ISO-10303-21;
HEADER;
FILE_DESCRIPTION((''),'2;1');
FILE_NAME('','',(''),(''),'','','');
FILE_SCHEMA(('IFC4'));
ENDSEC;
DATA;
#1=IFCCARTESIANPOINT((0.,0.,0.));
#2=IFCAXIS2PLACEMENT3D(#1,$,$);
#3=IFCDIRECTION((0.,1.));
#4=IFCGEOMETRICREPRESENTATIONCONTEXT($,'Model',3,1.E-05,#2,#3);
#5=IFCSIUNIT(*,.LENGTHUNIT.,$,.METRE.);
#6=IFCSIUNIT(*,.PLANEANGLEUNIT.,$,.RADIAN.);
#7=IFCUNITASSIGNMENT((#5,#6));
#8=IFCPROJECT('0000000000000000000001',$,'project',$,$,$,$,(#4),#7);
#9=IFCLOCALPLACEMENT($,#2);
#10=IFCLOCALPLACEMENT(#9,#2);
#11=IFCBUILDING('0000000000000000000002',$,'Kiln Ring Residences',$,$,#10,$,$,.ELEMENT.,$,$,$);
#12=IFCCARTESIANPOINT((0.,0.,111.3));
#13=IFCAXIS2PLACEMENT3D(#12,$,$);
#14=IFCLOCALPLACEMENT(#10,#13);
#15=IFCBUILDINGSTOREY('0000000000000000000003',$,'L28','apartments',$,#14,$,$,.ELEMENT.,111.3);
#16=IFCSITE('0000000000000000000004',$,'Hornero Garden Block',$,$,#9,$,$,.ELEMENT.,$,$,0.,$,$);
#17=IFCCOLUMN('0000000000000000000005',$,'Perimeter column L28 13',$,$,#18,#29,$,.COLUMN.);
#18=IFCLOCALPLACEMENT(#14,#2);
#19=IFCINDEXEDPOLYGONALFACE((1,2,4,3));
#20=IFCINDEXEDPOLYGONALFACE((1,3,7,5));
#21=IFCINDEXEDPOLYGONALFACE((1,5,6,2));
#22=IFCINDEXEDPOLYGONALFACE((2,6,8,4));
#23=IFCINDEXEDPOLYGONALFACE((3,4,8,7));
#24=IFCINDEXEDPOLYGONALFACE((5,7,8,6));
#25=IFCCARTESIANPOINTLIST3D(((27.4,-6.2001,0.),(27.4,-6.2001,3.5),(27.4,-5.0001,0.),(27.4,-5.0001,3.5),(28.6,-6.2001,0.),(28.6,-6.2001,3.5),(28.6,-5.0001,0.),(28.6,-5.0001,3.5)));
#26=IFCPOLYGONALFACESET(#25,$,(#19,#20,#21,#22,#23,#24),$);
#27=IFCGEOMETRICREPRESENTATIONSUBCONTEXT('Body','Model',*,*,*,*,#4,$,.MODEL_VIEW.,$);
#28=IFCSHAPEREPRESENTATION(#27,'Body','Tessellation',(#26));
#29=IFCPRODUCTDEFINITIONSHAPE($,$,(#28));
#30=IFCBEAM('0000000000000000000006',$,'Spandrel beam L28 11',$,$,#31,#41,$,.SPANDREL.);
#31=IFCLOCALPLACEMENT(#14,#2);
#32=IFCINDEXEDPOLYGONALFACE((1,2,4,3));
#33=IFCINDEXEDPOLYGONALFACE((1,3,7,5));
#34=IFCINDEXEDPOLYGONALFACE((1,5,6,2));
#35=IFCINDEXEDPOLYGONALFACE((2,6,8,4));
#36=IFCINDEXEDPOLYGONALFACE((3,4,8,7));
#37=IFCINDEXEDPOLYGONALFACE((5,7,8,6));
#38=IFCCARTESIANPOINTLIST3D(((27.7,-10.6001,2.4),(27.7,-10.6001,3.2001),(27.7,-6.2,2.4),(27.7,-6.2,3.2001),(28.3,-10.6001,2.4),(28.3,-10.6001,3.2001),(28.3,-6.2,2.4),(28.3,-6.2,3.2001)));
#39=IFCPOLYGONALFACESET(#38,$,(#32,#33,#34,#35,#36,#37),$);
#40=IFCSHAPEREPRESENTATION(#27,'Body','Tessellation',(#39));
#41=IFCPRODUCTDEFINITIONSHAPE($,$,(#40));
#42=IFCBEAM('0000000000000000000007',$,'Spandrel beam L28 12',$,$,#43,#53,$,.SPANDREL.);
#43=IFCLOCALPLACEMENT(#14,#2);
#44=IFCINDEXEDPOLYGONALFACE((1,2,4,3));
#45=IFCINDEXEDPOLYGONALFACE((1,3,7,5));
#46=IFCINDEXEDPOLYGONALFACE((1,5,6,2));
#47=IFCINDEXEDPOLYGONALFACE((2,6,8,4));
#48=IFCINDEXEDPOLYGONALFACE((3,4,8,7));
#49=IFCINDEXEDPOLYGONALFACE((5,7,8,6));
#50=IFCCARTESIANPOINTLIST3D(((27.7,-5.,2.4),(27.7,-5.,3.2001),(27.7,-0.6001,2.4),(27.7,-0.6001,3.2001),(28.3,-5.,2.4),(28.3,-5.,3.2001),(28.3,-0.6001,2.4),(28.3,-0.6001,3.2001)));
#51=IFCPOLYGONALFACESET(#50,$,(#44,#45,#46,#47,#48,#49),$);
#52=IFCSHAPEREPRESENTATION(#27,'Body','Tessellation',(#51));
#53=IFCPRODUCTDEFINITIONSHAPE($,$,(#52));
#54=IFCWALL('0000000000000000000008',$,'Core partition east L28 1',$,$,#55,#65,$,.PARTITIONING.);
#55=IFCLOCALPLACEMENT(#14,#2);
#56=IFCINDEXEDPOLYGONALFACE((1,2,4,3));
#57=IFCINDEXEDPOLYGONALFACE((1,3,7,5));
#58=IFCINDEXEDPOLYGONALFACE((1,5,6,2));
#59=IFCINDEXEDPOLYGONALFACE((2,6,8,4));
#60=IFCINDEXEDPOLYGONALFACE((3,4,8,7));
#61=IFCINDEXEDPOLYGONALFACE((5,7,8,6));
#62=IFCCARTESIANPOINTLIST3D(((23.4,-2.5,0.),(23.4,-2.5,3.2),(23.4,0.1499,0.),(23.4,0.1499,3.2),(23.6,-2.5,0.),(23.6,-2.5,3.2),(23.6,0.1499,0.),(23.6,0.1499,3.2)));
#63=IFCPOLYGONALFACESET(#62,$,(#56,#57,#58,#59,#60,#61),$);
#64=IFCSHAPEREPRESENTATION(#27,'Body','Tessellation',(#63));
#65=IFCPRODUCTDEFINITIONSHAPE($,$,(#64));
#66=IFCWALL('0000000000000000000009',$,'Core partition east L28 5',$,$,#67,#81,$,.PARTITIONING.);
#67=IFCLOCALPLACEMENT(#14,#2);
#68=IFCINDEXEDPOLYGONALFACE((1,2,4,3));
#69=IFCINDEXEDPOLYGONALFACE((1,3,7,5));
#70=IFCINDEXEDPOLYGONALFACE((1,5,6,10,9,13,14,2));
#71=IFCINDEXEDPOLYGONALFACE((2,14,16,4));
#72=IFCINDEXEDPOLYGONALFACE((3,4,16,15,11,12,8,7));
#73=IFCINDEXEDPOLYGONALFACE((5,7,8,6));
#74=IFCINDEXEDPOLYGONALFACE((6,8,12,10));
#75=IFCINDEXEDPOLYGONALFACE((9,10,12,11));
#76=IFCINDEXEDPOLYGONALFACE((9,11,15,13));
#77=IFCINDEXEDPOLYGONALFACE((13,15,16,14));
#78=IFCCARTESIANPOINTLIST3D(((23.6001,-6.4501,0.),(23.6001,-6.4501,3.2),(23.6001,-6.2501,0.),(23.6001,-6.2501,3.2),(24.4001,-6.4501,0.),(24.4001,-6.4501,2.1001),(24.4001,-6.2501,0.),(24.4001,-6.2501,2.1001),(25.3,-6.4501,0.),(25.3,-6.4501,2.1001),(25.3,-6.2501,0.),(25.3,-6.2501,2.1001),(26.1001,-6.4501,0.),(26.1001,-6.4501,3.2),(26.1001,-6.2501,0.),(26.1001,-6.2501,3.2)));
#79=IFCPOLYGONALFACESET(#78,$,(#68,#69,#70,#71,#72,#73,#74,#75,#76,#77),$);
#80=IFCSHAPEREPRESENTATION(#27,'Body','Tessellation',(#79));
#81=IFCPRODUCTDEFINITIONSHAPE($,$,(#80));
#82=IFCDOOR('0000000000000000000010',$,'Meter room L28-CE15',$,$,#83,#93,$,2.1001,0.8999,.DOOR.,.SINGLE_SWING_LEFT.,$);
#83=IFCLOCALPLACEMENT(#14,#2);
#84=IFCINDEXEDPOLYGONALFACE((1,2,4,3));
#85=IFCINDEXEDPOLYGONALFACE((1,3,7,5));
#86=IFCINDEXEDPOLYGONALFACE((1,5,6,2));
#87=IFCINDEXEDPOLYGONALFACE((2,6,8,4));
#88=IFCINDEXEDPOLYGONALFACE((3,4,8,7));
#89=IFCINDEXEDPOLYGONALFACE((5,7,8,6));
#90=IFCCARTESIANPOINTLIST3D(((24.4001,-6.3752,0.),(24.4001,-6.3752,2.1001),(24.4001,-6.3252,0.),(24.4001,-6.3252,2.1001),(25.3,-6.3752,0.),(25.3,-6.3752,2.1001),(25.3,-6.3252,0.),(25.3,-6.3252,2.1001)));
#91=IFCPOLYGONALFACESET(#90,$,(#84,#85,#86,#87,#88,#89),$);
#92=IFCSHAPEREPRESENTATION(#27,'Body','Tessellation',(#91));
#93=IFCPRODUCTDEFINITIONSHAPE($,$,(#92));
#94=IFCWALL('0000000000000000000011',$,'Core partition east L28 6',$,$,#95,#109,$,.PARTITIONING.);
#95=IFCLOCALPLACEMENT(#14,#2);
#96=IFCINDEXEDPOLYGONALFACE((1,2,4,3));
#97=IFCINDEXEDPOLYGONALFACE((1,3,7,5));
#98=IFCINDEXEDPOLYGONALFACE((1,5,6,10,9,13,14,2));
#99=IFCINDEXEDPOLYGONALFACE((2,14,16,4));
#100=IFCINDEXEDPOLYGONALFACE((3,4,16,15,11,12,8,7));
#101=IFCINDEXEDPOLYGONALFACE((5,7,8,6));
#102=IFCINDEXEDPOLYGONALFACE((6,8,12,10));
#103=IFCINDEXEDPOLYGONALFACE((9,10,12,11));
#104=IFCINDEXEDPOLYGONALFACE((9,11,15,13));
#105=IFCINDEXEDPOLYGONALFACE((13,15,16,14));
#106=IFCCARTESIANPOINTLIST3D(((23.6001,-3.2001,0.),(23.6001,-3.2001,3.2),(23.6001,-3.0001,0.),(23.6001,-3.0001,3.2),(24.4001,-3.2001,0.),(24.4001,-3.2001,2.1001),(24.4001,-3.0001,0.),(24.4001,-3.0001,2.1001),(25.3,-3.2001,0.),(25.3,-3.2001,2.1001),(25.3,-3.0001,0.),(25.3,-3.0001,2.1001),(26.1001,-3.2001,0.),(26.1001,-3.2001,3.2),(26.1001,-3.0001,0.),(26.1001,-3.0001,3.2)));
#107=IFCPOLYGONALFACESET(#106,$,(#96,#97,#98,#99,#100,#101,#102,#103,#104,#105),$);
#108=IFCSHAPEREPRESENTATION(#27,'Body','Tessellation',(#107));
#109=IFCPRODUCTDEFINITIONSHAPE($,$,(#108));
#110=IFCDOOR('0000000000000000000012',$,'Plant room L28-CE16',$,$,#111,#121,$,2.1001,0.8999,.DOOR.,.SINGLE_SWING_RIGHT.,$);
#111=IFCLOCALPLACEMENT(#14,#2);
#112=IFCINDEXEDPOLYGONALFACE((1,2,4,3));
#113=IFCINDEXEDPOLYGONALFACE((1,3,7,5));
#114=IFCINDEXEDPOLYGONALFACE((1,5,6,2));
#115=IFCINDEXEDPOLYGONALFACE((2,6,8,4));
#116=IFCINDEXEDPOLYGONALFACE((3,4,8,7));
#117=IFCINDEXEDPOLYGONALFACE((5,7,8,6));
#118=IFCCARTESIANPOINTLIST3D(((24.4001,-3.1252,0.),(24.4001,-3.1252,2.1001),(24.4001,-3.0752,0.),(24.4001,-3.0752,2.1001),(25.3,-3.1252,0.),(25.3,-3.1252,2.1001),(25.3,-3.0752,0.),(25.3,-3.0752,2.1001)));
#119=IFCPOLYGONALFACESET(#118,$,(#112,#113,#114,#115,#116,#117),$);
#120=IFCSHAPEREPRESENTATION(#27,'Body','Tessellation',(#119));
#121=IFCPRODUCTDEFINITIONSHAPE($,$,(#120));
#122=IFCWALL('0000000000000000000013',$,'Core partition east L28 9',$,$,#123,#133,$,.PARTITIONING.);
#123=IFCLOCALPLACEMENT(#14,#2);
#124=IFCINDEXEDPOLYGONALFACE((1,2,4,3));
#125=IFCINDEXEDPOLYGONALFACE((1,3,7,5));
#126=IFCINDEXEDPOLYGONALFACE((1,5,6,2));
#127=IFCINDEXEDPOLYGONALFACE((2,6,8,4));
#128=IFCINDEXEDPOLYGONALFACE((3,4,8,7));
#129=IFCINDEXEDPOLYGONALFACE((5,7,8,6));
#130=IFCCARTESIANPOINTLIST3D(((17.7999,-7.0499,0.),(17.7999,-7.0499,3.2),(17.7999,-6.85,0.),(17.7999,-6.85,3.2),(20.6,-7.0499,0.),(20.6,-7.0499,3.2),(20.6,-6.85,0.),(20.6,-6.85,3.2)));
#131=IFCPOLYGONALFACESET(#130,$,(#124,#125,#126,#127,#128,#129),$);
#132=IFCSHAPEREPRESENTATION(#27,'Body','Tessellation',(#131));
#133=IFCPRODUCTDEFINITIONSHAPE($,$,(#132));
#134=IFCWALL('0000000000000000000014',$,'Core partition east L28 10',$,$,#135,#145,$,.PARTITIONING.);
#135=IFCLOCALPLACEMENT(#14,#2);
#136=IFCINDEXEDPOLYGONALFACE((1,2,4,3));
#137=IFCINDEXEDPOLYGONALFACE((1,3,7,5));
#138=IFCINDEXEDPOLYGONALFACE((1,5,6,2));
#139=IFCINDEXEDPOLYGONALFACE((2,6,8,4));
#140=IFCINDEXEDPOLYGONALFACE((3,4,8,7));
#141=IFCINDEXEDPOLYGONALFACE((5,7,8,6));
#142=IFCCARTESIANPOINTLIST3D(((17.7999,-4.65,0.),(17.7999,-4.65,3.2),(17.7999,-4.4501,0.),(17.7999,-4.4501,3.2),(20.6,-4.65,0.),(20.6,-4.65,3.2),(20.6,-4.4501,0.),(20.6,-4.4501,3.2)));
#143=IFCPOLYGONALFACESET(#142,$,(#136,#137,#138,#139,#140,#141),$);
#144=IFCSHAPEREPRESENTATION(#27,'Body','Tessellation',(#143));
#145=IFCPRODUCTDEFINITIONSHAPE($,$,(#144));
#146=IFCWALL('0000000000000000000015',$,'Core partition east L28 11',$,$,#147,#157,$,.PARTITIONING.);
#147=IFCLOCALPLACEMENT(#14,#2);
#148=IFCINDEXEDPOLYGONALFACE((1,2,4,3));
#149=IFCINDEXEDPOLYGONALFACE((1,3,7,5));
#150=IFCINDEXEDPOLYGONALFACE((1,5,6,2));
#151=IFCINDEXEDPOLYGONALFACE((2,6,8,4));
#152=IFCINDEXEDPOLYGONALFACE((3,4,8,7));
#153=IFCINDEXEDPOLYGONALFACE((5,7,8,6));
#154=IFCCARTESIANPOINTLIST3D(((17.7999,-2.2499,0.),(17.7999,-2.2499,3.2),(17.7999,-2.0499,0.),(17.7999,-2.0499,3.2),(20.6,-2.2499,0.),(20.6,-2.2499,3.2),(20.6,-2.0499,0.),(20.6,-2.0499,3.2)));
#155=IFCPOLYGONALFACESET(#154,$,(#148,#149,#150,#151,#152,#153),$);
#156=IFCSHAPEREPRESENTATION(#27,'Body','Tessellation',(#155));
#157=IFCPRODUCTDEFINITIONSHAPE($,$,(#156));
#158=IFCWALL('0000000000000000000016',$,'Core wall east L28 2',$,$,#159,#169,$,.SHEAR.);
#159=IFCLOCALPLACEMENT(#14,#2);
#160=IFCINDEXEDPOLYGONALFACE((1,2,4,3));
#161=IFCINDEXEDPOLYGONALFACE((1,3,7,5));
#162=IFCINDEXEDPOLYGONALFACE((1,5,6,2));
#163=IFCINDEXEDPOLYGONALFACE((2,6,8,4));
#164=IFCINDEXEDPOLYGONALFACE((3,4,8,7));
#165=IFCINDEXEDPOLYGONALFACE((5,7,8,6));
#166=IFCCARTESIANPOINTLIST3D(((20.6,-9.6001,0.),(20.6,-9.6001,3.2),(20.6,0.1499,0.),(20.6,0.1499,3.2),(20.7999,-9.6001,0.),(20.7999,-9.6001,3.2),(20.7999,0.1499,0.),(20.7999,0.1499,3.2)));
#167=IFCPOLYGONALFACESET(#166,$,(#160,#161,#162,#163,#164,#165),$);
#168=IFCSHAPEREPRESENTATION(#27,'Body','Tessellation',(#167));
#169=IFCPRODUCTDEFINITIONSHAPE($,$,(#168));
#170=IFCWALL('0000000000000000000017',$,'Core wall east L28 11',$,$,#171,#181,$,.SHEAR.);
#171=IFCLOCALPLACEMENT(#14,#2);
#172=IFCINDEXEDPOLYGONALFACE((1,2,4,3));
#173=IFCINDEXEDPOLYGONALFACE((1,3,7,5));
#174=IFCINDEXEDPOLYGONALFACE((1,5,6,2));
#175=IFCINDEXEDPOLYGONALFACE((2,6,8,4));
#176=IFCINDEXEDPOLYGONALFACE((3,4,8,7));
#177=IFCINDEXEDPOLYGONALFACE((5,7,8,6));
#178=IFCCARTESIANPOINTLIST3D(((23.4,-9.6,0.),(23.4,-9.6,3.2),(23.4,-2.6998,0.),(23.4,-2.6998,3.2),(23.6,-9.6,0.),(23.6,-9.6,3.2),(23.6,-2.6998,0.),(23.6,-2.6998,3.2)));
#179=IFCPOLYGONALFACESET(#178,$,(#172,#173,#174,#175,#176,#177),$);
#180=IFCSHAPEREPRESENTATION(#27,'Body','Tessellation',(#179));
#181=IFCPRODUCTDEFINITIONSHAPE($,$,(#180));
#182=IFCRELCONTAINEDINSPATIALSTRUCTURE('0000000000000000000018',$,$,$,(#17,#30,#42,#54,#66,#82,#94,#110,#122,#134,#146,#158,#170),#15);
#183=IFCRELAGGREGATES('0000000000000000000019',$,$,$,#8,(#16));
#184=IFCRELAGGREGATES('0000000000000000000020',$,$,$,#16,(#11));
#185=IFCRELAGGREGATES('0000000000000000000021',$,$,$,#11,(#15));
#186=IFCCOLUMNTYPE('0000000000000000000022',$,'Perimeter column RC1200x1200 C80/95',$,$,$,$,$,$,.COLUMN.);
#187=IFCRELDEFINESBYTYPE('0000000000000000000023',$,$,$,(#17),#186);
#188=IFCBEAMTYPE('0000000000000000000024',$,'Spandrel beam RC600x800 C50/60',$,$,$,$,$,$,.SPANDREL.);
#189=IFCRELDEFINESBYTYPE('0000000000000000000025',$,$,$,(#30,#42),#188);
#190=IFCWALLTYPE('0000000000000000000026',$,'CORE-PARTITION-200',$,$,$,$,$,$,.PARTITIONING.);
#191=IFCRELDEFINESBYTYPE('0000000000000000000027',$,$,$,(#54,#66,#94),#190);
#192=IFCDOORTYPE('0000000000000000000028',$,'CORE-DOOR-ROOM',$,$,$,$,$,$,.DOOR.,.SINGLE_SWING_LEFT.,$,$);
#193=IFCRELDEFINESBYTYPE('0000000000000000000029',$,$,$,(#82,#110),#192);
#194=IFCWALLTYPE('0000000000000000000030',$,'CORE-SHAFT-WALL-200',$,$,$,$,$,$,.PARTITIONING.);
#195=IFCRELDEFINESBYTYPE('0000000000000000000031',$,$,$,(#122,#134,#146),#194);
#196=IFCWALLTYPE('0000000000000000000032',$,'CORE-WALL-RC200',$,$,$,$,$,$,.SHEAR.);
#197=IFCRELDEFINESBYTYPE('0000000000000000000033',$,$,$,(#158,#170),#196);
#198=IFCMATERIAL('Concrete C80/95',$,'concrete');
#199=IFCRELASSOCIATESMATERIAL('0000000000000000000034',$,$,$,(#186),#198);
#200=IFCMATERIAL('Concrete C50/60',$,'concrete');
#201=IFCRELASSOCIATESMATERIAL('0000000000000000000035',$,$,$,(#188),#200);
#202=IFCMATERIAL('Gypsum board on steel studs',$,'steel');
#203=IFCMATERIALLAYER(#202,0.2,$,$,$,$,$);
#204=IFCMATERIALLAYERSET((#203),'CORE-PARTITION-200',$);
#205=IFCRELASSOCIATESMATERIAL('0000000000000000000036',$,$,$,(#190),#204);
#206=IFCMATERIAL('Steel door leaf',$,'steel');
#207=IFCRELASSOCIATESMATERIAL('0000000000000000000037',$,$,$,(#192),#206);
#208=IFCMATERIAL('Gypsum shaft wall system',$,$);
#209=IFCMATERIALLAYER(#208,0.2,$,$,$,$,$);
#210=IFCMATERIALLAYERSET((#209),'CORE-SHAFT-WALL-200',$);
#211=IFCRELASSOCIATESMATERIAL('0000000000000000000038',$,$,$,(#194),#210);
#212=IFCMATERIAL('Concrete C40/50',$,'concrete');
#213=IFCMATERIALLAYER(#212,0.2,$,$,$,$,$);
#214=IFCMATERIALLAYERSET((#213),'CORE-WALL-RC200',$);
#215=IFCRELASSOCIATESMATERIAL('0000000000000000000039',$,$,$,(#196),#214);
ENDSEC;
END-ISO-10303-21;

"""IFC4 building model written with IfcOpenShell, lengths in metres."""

from ifc_helpers import new_model, si_unit, direction, frame, frame_2d, origin, origin_2d, place, context, subcontext, project, spatial, rectangle, extrude, material, layer, layer_set, material_profile, profile_set, type_object, element, fill, save


model = new_model("IFC4")

# Units and contexts
model_context = context("Model", 3, precision=1e-05, world=origin(), true_north=direction((0.0, 1.0)))
body_context = subcontext(model_context, "Body", "Model", "MODEL_VIEW")
ifc_project = project(units=[si_unit("LENGTHUNIT", "METRE"), si_unit("PLANEANGLEUNIT", "RADIAN")], contexts=[model_context])

# Site, building, storey
site_placement = place(None, origin())
site = spatial("IfcSite", under=ifc_project, at=site_placement, Name="Hornero Garden Block", CompositionType="ELEMENT", RefElevation=0.0)
building_placement = place(site_placement, origin())
building = spatial("IfcBuilding", under=site, at=building_placement, Name="Kiln Ring Residences", CompositionType="ELEMENT")
storey_placement = place(building_placement, frame((0.0, 0.0, 111.3)))
storey = spatial("IfcBuildingStorey", under=building, at=storey_placement, Name="L28", Description="apartments", CompositionType="ELEMENT", Elevation=111.3)

# Column
ifc_material_1 = material(Name="Concrete C80/95", Category="concrete")
ifc_material_profile_1 = material_profile(ifc_material_1, rectangle(XDim=1.2, YDim=1.2, at=origin_2d()), Name="RC1200x1200")
ifc_profile_set_1 = profile_set([ifc_material_profile_1], Name="Concrete C80/95")
column_type = type_object("IfcColumnType", Name="Perimeter column RC1200x1200 C80/95", PredefinedType="COLUMN", material=ifc_profile_set_1)
column_placement = place(storey_placement, frame((28.0, -5.6001, 0.0), z_axis=(0.0, 0.0, 1.0), x_axis=(1.0, 0.0, 0.0)))
element("IfcColumn", 1, at=column_placement, inside=storey, type_object=column_type, Name="Perimeter column L28 13", PredefinedType="COLUMN", context=body_context, shape_type="SweptSolid", body=[
    extrude(rectangle(XDim=1.2, YDim=1.2, at=origin_2d()), origin(), (0.0, 0.0, 1.0), 3.5),
])

# Beams
ifc_material_2 = material(Name="Concrete C50/60", Category="concrete")
ifc_material_profile_2 = material_profile(ifc_material_2, rectangle(XDim=0.6001, YDim=0.8, at=origin_2d()), Name="RC600x800")
ifc_profile_set_2 = profile_set([ifc_material_profile_2], Name="Concrete C50/60")
beam_type = type_object("IfcBeamType", Name="Spandrel beam RC600x800 C50/60", PredefinedType="SPANDREL", material=ifc_profile_set_2)
beam_1_placement = place(storey_placement, frame((28.0, -10.6001, 2.8), z_axis=(0.0, 1.0, 0.0), x_axis=(-1.0, 0.0, 0.0)))
element("IfcBeam", 2, at=beam_1_placement, inside=storey, type_object=beam_type, Name="Spandrel beam L28 11", PredefinedType="SPANDREL", context=body_context, shape_type="SweptSolid", body=[
    extrude(rectangle(XDim=0.6001, YDim=0.8, at=origin_2d()), origin(), (0.0, 0.0, 1.0), 4.4001),
])
beam_2_placement = place(storey_placement, frame((28.0, -5.0, 2.8), z_axis=(0.0, 1.0, 0.0), x_axis=(-1.0, 0.0, 0.0)))
element("IfcBeam", 3, at=beam_2_placement, inside=storey, type_object=beam_type, Name="Spandrel beam L28 12", PredefinedType="SPANDREL", context=body_context, shape_type="SweptSolid", body=[
    extrude(rectangle(XDim=0.6001, YDim=0.8, at=origin_2d()), origin(), (0.0, 0.0, 1.0), 4.3999),
])

# Wall
ifc_material_3 = material(Name="Gypsum board on steel studs", Category="steel")
ifc_layer_1 = layer(ifc_material_3, 0.2)
ifc_layer_set_1 = layer_set([ifc_layer_1], Name="CORE-PARTITION-200")
wall_type_1 = type_object("IfcWallType", Name="CORE-PARTITION-200", PredefinedType="PARTITIONING", material=ifc_layer_set_1)
wall_1_placement = place(storey_placement, frame((23.5, -2.5, 0.0), z_axis=(0.0, 0.0, 1.0), x_axis=(0.0, 1.0, 0.0)))
element("IfcWall", 4, at=wall_1_placement, inside=storey, type_object=wall_type_1, Name="Core partition east L28 1", PredefinedType="PARTITIONING", context=body_context, shape_type="SweptSolid", body=[
    extrude(rectangle(XDim=2.6499, YDim=0.2, at=frame_2d((1.325, 0.0))), origin(), (0.0, 0.0, 1.0), 3.2),
])

# Walls, openings, doors
wall_2_placement = place(storey_placement, frame((23.6001, -6.3501, 0.0), z_axis=(0.0, 0.0, 1.0), x_axis=(1.0, 0.0, 0.0)))
wall_2 = element("IfcWall", 5, at=wall_2_placement, inside=storey, type_object=wall_type_1, Name="Core partition east L28 5", PredefinedType="PARTITIONING", context=body_context, shape_type="SweptSolid", body=[
    extrude(rectangle(XDim=2.5, YDim=0.2, at=frame_2d((1.25, 0.0))), origin(), (0.0, 0.0, 1.0), 3.2),
])
opening_1_placement = place(wall_2_placement, frame((0.8, 0.0, 0.0)))
opening_1 = element("IfcOpeningElement", 6, at=opening_1_placement, cuts=wall_2, PredefinedType="OPENING", context=body_context, shape_type="SweptSolid", body=[
    extrude(rectangle(XDim=0.8999, YDim=2.1001, at=frame_2d((0.45, 1.05))), frame((0.0, 0.1099, 0.0), z_axis=(0.0, -1.0, 0.0), x_axis=(1.0, 0.0, 0.0)), (0.0, 0.0, 1.0), 0.22),
])
ifc_material_4 = material(Name="Steel door leaf", Category="steel")
door_type = type_object("IfcDoorType", Name="CORE-DOOR-ROOM", OperationType="SINGLE_SWING_LEFT", PredefinedType="DOOR", material=ifc_material_4)
door_1_placement = place(opening_1_placement, origin())
door_1 = element("IfcDoor", 7, at=door_1_placement, inside=storey, type_object=door_type, Name="Meter room L28-CE15", OperationType="SINGLE_SWING_LEFT", OverallHeight=2.1001, OverallWidth=0.8999, PredefinedType="DOOR", context=body_context, shape_type="SweptSolid", body=[
    extrude(rectangle(XDim=0.8999, YDim=2.1001, at=frame_2d((0.45, 1.05))), frame((0.0, 0.0249, 0.0), z_axis=(0.0, -1.0, 0.0), x_axis=(1.0, 0.0, 0.0)), (0.0, 0.0, 1.0), 0.05),
])
fill(opening_1, door_1)
wall_3_placement = place(storey_placement, frame((23.6001, -3.1001, 0.0), z_axis=(0.0, 0.0, 1.0), x_axis=(1.0, 0.0, 0.0)))
wall_3 = element("IfcWall", 8, at=wall_3_placement, inside=storey, type_object=wall_type_1, Name="Core partition east L28 6", PredefinedType="PARTITIONING", context=body_context, shape_type="SweptSolid", body=[
    extrude(rectangle(XDim=2.5, YDim=0.2, at=frame_2d((1.25, 0.0))), origin(), (0.0, 0.0, 1.0), 3.2),
])
opening_2_placement = place(wall_3_placement, frame((0.8, 0.0, 0.0)))
opening_2 = element("IfcOpeningElement", 9, at=opening_2_placement, cuts=wall_3, PredefinedType="OPENING", context=body_context, shape_type="SweptSolid", body=[
    extrude(rectangle(XDim=0.8999, YDim=2.1001, at=frame_2d((0.45, 1.05))), frame((0.0, 0.1099, 0.0), z_axis=(0.0, -1.0, 0.0), x_axis=(1.0, 0.0, 0.0)), (0.0, 0.0, 1.0), 0.22),
])
door_2_placement = place(opening_2_placement, origin())
door_2 = element("IfcDoor", 10, at=door_2_placement, inside=storey, type_object=door_type, Name="Plant room L28-CE16", OperationType="SINGLE_SWING_RIGHT", OverallHeight=2.1001, OverallWidth=0.8999, PredefinedType="DOOR", context=body_context, shape_type="SweptSolid", body=[
    extrude(rectangle(XDim=0.8999, YDim=2.1001, at=frame_2d((0.45, 1.05))), frame((0.0, 0.0249, 0.0), z_axis=(0.0, -1.0, 0.0), x_axis=(1.0, 0.0, 0.0)), (0.0, 0.0, 1.0), 0.05),
])
fill(opening_2, door_2)

# Walls
ifc_material_5 = material(Name="Gypsum shaft wall system")
ifc_layer_2 = layer(ifc_material_5, 0.2)
ifc_layer_set_2 = layer_set([ifc_layer_2], Name="CORE-SHAFT-WALL-200")
wall_type_2 = type_object("IfcWallType", Name="CORE-SHAFT-WALL-200", PredefinedType="PARTITIONING", material=ifc_layer_set_2)
for number, where, z_axis, x_axis, name in (
    (11, (17.8, -6.95, 0.0), (0.0, 0.0, 1.0), (1.0, 0.0, 0.0), "Core partition east L28 9"),
    (12, (17.8, -4.55, 0.0), (0.0, 0.0, 1.0), (1.0, 0.0, 0.0), "Core partition east L28 10"),
    (13, (17.8, -2.1499, 0.0), (0.0, 0.0, 1.0), (1.0, 0.0, 0.0), "Core partition east L28 11"),
):
    element("IfcWall", number, at=place(storey_placement, frame(where, z_axis=z_axis, x_axis=x_axis)), inside=storey, type_object=wall_type_2, Name=name, PredefinedType="PARTITIONING", context=body_context, shape_type="SweptSolid", body=[
        extrude(rectangle(XDim=2.8, YDim=0.2, at=frame_2d((1.3999, 0.0))), origin(), (0.0, 0.0, 1.0), 3.2),
    ])
ifc_material_6 = material(Name="Concrete C40/50", Category="concrete")
ifc_layer_3 = layer(ifc_material_6, 0.2)
ifc_layer_set_3 = layer_set([ifc_layer_3], Name="CORE-WALL-RC200")
wall_type_3 = type_object("IfcWallType", Name="CORE-WALL-RC200", PredefinedType="SHEAR", material=ifc_layer_set_3)
wall_4_placement = place(storey_placement, frame((20.7, -9.6001, 0.0), z_axis=(0.0, 0.0, 1.0), x_axis=(0.0, 1.0, 0.0)))
element("IfcWall", 14, at=wall_4_placement, inside=storey, type_object=wall_type_3, Name="Core wall east L28 2", PredefinedType="SHEAR", context=body_context, shape_type="SweptSolid", body=[
    extrude(rectangle(XDim=9.75, YDim=0.2, at=frame_2d((4.875, 0.0))), origin(), (0.0, 0.0, 1.0), 3.2),
])
wall_5_placement = place(storey_placement, frame((23.5, -9.6001, 0.0), z_axis=(0.0, 0.0, 1.0), x_axis=(0.0, 1.0, 0.0)))
element("IfcWall", 15, at=wall_5_placement, inside=storey, type_object=wall_type_3, Name="Core wall east L28 11", PredefinedType="SHEAR", context=body_context, shape_type="SweptSolid", body=[
    extrude(rectangle(XDim=6.9001, YDim=0.2, at=frame_2d((3.4502, 0.0))), origin(), (0.0, 0.0, 1.0), 3.2),
])

save(model, "model.ifc")
